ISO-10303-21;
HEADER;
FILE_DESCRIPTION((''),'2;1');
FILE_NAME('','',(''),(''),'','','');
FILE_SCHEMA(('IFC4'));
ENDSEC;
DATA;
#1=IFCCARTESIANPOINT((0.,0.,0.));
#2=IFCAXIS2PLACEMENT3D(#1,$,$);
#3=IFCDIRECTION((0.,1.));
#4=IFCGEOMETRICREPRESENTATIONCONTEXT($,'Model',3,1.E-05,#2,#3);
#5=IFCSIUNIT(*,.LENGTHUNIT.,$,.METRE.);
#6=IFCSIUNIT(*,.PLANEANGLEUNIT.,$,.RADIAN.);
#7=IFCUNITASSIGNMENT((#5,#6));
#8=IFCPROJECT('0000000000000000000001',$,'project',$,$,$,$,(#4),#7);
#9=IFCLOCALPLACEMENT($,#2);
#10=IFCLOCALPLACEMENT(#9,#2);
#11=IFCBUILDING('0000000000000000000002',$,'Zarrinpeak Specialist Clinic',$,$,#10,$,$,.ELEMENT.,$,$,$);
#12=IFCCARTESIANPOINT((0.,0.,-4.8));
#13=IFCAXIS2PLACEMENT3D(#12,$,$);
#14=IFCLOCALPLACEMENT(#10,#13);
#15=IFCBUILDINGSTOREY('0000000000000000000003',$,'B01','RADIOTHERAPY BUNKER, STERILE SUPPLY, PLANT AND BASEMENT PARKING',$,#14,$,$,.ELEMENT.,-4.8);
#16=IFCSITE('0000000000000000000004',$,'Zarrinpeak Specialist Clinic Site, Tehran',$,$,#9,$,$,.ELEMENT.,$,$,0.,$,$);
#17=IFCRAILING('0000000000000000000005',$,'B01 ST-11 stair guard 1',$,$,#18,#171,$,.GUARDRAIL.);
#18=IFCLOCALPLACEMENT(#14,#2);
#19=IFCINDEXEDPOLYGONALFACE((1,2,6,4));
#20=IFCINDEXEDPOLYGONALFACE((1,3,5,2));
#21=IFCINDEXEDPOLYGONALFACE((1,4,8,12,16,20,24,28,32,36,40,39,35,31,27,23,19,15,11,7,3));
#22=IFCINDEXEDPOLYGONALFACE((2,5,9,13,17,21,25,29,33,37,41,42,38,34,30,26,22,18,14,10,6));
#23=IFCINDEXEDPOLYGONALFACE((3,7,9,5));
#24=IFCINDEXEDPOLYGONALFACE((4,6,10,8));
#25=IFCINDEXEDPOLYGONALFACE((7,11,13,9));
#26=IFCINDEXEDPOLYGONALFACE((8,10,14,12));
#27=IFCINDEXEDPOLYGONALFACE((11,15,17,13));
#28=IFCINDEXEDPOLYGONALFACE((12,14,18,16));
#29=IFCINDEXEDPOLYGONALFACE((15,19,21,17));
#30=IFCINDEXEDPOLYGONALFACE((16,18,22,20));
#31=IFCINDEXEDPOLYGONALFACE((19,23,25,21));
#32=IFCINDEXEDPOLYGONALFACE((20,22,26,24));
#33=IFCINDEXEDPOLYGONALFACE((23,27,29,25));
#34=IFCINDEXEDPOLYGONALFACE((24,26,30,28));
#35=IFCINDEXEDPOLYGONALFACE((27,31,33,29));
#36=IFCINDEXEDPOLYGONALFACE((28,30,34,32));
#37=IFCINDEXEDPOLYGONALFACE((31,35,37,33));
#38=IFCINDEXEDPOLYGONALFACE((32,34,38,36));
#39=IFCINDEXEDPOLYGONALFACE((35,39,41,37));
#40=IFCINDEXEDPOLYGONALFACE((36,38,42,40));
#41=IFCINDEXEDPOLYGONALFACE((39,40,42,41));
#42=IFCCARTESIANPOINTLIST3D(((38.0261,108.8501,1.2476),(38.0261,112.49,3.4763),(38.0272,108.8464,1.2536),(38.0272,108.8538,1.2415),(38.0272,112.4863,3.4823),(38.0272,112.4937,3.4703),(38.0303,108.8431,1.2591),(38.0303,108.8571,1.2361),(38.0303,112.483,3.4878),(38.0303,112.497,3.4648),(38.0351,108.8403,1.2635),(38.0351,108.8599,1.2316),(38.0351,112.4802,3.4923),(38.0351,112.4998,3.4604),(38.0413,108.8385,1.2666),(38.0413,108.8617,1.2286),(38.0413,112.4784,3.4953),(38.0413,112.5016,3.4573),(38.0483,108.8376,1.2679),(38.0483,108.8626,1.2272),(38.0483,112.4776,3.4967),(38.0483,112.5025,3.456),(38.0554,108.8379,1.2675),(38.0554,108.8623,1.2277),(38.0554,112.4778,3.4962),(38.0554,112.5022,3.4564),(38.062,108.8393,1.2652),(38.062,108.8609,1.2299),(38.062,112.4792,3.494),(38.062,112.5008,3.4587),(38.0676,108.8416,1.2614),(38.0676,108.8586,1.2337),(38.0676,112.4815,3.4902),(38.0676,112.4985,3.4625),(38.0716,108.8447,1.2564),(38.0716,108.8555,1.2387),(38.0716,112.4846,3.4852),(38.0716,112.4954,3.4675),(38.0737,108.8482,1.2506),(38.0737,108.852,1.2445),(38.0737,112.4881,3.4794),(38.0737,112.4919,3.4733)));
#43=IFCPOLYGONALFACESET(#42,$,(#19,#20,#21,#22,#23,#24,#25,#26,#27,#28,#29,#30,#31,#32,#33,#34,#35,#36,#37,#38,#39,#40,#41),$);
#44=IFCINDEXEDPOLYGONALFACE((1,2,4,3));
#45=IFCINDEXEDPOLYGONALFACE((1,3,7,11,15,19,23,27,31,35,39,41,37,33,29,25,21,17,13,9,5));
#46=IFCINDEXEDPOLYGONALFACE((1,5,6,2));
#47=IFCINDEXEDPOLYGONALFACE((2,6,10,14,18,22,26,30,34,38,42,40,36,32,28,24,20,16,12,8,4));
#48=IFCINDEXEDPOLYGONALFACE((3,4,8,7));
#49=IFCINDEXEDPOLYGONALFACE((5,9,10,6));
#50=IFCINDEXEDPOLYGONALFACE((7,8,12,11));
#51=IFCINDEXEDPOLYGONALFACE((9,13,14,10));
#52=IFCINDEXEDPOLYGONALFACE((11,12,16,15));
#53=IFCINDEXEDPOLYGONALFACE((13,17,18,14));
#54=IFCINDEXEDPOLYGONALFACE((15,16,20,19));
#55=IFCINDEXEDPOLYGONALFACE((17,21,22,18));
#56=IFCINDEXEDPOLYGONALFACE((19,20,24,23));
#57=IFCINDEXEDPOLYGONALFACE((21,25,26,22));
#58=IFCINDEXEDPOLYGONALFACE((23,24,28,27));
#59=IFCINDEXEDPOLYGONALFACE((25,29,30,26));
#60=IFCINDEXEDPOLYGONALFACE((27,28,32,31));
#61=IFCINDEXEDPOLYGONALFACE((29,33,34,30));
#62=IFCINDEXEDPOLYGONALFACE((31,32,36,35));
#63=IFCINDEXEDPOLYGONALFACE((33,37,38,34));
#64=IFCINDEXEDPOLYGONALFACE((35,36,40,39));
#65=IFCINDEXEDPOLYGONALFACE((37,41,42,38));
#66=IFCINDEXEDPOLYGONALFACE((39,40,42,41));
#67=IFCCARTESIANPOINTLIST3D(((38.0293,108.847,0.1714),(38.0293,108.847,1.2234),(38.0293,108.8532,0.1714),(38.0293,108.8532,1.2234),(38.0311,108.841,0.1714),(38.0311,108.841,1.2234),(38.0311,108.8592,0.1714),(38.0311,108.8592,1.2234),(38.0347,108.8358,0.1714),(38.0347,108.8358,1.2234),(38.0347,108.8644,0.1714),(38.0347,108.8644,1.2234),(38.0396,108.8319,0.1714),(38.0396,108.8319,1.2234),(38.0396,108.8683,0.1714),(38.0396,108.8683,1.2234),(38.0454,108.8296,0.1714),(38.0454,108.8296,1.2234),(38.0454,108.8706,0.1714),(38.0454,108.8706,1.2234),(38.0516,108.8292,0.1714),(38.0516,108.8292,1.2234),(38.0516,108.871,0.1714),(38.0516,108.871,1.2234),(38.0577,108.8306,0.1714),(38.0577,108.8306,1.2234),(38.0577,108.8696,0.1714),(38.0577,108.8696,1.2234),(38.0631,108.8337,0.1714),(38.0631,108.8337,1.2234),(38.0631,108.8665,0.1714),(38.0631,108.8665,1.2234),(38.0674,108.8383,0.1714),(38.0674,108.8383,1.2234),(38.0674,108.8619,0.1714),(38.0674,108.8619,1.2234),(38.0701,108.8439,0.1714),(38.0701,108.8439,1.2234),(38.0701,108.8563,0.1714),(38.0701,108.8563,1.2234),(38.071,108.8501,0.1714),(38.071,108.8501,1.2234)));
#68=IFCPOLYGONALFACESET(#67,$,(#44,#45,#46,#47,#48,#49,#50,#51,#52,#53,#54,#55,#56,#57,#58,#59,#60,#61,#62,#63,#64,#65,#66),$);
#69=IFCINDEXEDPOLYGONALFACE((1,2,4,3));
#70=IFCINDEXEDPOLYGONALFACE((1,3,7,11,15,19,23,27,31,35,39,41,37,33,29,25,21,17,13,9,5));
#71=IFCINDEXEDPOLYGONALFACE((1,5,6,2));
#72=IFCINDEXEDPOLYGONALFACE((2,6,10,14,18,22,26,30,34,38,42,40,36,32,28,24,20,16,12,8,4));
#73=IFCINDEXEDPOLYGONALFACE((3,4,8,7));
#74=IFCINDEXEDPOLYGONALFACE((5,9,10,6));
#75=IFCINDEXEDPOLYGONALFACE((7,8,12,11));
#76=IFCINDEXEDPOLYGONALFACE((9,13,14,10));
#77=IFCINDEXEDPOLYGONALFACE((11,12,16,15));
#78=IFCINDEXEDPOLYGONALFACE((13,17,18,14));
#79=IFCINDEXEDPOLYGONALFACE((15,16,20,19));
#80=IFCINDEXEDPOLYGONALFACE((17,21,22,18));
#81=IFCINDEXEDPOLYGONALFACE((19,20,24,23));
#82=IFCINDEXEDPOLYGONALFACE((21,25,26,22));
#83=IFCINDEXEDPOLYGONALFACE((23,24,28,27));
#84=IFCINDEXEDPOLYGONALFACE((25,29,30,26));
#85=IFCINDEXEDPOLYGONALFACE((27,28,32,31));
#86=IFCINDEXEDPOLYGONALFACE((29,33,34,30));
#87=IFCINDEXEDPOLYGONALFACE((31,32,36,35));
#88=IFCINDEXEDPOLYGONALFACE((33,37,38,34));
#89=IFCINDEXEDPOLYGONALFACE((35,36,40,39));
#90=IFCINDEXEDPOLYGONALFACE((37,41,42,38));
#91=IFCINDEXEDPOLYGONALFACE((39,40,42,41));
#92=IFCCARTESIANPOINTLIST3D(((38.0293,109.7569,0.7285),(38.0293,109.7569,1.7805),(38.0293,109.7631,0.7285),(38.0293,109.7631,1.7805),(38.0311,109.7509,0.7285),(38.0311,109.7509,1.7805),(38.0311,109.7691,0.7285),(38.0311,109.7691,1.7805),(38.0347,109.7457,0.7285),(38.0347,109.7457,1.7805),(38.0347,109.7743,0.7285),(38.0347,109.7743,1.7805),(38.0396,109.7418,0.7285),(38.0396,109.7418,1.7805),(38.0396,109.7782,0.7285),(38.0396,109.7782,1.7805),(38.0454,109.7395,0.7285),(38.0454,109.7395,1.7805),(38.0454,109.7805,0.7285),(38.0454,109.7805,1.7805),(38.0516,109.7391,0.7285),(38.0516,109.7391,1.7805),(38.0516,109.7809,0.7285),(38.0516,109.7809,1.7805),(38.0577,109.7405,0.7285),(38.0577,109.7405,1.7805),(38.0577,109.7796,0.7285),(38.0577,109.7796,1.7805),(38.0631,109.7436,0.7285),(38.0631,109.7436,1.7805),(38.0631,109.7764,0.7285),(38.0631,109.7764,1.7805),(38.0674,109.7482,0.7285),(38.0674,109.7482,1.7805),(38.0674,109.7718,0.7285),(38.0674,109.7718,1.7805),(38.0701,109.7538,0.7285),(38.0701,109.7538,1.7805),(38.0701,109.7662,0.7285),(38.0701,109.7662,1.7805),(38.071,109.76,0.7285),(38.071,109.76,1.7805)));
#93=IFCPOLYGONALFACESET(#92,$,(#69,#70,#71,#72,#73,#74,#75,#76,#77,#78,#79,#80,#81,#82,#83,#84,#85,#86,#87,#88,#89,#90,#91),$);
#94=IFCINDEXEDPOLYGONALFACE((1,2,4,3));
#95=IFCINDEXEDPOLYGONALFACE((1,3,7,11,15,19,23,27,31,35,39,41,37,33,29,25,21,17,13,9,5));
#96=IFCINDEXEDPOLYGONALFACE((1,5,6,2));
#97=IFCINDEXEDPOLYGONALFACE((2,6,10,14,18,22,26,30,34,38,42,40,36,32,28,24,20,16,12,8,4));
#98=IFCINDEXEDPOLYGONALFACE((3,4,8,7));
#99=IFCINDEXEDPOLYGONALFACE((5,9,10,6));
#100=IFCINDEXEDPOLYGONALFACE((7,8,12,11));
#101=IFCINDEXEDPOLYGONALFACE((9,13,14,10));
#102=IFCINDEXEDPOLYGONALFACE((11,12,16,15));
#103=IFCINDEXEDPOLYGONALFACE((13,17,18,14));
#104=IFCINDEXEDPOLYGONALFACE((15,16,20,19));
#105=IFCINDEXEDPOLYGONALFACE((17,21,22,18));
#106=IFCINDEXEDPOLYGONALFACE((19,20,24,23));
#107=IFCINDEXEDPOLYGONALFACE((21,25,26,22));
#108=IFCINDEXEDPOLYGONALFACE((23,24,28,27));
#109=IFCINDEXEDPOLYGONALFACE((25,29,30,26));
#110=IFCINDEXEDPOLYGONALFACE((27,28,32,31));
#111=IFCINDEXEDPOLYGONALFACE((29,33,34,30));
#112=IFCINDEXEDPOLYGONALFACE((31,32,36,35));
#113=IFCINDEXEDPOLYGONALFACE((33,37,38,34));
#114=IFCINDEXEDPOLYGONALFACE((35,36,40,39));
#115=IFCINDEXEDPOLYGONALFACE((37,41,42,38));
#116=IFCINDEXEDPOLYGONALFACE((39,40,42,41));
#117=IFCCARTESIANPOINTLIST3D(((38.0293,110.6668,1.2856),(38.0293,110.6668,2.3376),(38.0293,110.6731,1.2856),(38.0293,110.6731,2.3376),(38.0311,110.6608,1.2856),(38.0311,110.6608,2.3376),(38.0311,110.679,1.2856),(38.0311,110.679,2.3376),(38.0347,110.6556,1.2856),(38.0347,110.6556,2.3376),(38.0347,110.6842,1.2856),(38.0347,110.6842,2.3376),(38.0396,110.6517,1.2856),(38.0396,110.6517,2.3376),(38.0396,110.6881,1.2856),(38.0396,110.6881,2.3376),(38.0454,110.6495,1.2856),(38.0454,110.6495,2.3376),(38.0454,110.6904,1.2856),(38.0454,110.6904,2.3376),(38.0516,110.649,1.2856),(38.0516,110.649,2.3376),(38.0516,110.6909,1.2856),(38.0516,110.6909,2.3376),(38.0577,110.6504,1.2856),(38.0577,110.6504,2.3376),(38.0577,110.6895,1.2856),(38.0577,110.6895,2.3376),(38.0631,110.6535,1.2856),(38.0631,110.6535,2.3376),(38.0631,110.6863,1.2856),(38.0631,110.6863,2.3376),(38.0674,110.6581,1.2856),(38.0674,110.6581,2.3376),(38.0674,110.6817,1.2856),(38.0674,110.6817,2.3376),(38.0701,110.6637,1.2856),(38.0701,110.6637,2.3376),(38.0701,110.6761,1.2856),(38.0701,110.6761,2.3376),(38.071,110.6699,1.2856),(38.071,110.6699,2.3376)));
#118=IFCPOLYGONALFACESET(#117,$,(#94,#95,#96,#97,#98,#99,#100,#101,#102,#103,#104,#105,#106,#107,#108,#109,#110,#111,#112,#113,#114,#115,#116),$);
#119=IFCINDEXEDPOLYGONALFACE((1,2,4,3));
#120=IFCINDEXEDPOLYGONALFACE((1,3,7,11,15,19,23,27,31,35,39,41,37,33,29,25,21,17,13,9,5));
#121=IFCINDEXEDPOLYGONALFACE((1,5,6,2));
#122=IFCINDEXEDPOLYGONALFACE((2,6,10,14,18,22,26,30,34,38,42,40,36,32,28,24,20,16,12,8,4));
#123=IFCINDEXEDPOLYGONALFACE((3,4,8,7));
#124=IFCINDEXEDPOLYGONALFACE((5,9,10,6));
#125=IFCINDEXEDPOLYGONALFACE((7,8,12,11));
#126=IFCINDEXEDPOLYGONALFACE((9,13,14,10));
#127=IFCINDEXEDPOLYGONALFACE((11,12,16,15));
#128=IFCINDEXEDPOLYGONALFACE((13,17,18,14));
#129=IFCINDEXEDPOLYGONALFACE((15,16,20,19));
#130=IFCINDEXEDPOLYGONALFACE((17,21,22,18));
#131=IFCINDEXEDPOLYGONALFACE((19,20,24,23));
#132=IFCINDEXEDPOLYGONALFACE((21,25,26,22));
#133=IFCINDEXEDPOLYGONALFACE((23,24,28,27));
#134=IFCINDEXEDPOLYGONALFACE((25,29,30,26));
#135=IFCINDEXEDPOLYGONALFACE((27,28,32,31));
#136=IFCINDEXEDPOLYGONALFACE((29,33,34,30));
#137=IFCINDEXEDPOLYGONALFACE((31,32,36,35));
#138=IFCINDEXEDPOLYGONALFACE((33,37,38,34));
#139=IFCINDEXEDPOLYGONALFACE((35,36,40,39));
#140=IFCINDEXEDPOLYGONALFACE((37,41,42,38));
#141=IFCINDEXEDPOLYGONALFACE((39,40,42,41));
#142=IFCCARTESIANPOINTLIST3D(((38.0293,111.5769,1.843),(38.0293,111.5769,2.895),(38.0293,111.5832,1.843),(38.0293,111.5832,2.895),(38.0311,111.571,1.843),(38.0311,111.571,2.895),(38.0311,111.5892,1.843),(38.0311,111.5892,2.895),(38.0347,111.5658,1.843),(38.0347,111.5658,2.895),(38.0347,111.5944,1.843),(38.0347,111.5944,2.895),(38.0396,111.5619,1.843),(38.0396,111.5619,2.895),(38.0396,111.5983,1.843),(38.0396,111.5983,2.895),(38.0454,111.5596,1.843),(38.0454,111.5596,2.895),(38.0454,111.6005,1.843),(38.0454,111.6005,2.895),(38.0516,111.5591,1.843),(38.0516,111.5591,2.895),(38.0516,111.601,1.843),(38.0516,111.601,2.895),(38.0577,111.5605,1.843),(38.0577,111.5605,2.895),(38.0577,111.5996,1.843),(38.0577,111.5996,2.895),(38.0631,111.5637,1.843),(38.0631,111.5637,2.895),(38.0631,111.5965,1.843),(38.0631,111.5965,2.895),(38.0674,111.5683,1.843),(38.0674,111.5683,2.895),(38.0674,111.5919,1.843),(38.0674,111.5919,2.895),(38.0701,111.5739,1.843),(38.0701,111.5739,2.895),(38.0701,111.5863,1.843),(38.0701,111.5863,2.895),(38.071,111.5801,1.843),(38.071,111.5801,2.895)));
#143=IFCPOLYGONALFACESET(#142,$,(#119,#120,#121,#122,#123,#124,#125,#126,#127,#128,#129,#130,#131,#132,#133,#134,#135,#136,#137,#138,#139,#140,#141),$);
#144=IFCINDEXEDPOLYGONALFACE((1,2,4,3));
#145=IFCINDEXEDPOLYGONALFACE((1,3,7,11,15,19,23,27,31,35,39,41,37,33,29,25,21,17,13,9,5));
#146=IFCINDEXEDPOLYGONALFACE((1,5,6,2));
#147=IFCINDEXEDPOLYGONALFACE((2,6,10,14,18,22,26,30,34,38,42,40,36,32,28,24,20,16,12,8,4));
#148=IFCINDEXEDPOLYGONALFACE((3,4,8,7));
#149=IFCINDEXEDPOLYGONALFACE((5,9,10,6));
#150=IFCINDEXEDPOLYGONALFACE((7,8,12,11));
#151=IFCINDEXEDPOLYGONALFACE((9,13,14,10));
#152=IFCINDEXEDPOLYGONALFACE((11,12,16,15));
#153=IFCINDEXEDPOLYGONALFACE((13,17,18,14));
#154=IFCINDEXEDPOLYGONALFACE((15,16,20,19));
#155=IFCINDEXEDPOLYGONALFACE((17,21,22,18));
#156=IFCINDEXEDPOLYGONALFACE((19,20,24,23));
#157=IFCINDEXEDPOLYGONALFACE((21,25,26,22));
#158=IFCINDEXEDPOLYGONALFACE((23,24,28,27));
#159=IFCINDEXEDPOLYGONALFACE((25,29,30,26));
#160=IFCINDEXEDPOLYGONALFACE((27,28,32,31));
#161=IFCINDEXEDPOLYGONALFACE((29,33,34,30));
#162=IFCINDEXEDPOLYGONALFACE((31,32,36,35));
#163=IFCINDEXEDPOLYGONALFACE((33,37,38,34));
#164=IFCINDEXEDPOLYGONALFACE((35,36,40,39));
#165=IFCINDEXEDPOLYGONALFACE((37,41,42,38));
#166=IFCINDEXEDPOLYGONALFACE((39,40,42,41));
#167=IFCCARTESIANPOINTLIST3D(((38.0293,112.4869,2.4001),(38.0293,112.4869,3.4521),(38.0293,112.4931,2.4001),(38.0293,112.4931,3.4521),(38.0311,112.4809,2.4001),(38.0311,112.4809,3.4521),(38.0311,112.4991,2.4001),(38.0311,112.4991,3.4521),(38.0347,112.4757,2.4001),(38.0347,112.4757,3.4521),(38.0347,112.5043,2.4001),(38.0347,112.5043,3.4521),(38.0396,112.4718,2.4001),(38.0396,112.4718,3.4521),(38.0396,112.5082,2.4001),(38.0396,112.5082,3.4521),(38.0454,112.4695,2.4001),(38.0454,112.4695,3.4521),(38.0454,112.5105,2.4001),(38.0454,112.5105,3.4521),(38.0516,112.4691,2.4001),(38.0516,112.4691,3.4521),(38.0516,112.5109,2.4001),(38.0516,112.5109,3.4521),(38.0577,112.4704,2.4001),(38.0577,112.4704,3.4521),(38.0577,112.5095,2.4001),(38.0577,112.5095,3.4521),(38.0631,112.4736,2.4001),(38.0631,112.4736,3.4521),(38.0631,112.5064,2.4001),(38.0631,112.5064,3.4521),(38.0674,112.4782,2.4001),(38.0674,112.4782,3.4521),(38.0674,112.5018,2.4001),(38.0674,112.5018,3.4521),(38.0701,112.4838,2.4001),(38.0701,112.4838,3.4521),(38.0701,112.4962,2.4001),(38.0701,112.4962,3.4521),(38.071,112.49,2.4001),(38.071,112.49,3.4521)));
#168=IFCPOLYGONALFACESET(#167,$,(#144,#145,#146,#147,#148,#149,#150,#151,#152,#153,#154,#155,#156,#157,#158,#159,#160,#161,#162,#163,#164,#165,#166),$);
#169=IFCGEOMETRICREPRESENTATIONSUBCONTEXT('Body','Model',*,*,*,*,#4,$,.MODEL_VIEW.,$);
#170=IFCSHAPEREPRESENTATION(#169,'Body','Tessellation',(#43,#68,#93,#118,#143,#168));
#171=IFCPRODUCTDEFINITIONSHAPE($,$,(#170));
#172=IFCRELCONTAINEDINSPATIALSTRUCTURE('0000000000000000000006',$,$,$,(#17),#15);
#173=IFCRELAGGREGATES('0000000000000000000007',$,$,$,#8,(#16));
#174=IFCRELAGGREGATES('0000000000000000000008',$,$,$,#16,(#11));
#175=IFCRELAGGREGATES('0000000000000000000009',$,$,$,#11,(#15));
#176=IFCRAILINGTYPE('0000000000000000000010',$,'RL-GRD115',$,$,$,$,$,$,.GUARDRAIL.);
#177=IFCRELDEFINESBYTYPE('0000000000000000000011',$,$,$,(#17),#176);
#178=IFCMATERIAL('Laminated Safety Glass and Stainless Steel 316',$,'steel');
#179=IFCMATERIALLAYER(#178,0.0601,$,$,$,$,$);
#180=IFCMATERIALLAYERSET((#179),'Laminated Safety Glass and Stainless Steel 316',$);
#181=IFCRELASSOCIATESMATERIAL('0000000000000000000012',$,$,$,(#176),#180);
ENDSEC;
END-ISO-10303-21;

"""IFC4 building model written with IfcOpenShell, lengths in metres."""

from ifc_helpers import new_model, si_unit, direction, frame, origin, origin_2d, place, context, subcontext, project, spatial, circle, extrude, material, layer, layer_set, type_object, element, save


model = new_model("IFC4")

# Units and contexts
model_context = context("Model", 3, precision=1e-05, world=origin(), true_north=direction((0.0, 1.0)))
body_context = subcontext(model_context, "Body", "Model", "MODEL_VIEW")
ifc_project = project(units=[si_unit("LENGTHUNIT", "METRE"), si_unit("PLANEANGLEUNIT", "RADIAN")], contexts=[model_context])

# Site, building, storey
site_placement = place(None, origin())
site = spatial("IfcSite", under=ifc_project, at=site_placement, Name="Zarrinpeak Specialist Clinic Site, Tehran", CompositionType="ELEMENT", RefElevation=0.0)
building_placement = place(site_placement, origin())
building = spatial("IfcBuilding", under=site, at=building_placement, Name="Zarrinpeak Specialist Clinic", CompositionType="ELEMENT")
storey_placement = place(building_placement, frame((0.0, 0.0, -4.8)))
storey = spatial("IfcBuildingStorey", under=building, at=storey_placement, Name="B01", Description="RADIOTHERAPY BUNKER, STERILE SUPPLY, PLANT AND BASEMENT PARKING", CompositionType="ELEMENT", Elevation=-4.8)

# Railing
ifc_material_1 = material(Name="Laminated Safety Glass and Stainless Steel 316", Category="steel")
ifc_layer_1 = layer(ifc_material_1, 0.0601)
ifc_layer_set_1 = layer_set([ifc_layer_1], Name="Laminated Safety Glass and Stainless Steel 316")
railing_type_1 = type_object("IfcRailingType", Name="RL-GRD115", PredefinedType="GUARDRAIL", material=ifc_layer_set_1)
railing_1_placement = place(storey_placement, frame((38.05, 108.8501, 0.1714)))
element("IfcRailing", 1, at=railing_1_placement, inside=storey, type_object=railing_type_1, Name="B01 ST-11 stair guard 1", PredefinedType="GUARDRAIL", context=body_context, shape_type="SweptSolid", body=[
    extrude(circle(Radius=0.0239, at=origin_2d()), frame((0.0, 0.0, 1.0762), z_axis=(0.0, 0.852825, 0.522197), x_axis=(-1.0, 0.0, 0.0)), (0.0, 0.0, 1.0), 4.2681),
    extrude(circle(Radius=0.021, at=origin_2d()), origin(), (0.0, 0.0, 1.0), 1.052),
    extrude(circle(Radius=0.021, at=origin_2d()), frame((0.0, 0.9099, 0.5571)), (0.0, 0.0, 1.0), 1.052),
    extrude(circle(Radius=0.021, at=origin_2d()), frame((0.0, 1.8198, 1.1143)), (0.0, 0.0, 1.0), 1.052),
    extrude(circle(Radius=0.021, at=origin_2d()), frame((0.0, 2.73, 1.6716)), (0.0, 0.0, 1.0), 1.052),
    extrude(circle(Radius=0.021, at=origin_2d()), frame((0.0, 3.6399, 2.2288)), (0.0, 0.0, 1.0), 1.052),
])

save(model, "model.ifc")
